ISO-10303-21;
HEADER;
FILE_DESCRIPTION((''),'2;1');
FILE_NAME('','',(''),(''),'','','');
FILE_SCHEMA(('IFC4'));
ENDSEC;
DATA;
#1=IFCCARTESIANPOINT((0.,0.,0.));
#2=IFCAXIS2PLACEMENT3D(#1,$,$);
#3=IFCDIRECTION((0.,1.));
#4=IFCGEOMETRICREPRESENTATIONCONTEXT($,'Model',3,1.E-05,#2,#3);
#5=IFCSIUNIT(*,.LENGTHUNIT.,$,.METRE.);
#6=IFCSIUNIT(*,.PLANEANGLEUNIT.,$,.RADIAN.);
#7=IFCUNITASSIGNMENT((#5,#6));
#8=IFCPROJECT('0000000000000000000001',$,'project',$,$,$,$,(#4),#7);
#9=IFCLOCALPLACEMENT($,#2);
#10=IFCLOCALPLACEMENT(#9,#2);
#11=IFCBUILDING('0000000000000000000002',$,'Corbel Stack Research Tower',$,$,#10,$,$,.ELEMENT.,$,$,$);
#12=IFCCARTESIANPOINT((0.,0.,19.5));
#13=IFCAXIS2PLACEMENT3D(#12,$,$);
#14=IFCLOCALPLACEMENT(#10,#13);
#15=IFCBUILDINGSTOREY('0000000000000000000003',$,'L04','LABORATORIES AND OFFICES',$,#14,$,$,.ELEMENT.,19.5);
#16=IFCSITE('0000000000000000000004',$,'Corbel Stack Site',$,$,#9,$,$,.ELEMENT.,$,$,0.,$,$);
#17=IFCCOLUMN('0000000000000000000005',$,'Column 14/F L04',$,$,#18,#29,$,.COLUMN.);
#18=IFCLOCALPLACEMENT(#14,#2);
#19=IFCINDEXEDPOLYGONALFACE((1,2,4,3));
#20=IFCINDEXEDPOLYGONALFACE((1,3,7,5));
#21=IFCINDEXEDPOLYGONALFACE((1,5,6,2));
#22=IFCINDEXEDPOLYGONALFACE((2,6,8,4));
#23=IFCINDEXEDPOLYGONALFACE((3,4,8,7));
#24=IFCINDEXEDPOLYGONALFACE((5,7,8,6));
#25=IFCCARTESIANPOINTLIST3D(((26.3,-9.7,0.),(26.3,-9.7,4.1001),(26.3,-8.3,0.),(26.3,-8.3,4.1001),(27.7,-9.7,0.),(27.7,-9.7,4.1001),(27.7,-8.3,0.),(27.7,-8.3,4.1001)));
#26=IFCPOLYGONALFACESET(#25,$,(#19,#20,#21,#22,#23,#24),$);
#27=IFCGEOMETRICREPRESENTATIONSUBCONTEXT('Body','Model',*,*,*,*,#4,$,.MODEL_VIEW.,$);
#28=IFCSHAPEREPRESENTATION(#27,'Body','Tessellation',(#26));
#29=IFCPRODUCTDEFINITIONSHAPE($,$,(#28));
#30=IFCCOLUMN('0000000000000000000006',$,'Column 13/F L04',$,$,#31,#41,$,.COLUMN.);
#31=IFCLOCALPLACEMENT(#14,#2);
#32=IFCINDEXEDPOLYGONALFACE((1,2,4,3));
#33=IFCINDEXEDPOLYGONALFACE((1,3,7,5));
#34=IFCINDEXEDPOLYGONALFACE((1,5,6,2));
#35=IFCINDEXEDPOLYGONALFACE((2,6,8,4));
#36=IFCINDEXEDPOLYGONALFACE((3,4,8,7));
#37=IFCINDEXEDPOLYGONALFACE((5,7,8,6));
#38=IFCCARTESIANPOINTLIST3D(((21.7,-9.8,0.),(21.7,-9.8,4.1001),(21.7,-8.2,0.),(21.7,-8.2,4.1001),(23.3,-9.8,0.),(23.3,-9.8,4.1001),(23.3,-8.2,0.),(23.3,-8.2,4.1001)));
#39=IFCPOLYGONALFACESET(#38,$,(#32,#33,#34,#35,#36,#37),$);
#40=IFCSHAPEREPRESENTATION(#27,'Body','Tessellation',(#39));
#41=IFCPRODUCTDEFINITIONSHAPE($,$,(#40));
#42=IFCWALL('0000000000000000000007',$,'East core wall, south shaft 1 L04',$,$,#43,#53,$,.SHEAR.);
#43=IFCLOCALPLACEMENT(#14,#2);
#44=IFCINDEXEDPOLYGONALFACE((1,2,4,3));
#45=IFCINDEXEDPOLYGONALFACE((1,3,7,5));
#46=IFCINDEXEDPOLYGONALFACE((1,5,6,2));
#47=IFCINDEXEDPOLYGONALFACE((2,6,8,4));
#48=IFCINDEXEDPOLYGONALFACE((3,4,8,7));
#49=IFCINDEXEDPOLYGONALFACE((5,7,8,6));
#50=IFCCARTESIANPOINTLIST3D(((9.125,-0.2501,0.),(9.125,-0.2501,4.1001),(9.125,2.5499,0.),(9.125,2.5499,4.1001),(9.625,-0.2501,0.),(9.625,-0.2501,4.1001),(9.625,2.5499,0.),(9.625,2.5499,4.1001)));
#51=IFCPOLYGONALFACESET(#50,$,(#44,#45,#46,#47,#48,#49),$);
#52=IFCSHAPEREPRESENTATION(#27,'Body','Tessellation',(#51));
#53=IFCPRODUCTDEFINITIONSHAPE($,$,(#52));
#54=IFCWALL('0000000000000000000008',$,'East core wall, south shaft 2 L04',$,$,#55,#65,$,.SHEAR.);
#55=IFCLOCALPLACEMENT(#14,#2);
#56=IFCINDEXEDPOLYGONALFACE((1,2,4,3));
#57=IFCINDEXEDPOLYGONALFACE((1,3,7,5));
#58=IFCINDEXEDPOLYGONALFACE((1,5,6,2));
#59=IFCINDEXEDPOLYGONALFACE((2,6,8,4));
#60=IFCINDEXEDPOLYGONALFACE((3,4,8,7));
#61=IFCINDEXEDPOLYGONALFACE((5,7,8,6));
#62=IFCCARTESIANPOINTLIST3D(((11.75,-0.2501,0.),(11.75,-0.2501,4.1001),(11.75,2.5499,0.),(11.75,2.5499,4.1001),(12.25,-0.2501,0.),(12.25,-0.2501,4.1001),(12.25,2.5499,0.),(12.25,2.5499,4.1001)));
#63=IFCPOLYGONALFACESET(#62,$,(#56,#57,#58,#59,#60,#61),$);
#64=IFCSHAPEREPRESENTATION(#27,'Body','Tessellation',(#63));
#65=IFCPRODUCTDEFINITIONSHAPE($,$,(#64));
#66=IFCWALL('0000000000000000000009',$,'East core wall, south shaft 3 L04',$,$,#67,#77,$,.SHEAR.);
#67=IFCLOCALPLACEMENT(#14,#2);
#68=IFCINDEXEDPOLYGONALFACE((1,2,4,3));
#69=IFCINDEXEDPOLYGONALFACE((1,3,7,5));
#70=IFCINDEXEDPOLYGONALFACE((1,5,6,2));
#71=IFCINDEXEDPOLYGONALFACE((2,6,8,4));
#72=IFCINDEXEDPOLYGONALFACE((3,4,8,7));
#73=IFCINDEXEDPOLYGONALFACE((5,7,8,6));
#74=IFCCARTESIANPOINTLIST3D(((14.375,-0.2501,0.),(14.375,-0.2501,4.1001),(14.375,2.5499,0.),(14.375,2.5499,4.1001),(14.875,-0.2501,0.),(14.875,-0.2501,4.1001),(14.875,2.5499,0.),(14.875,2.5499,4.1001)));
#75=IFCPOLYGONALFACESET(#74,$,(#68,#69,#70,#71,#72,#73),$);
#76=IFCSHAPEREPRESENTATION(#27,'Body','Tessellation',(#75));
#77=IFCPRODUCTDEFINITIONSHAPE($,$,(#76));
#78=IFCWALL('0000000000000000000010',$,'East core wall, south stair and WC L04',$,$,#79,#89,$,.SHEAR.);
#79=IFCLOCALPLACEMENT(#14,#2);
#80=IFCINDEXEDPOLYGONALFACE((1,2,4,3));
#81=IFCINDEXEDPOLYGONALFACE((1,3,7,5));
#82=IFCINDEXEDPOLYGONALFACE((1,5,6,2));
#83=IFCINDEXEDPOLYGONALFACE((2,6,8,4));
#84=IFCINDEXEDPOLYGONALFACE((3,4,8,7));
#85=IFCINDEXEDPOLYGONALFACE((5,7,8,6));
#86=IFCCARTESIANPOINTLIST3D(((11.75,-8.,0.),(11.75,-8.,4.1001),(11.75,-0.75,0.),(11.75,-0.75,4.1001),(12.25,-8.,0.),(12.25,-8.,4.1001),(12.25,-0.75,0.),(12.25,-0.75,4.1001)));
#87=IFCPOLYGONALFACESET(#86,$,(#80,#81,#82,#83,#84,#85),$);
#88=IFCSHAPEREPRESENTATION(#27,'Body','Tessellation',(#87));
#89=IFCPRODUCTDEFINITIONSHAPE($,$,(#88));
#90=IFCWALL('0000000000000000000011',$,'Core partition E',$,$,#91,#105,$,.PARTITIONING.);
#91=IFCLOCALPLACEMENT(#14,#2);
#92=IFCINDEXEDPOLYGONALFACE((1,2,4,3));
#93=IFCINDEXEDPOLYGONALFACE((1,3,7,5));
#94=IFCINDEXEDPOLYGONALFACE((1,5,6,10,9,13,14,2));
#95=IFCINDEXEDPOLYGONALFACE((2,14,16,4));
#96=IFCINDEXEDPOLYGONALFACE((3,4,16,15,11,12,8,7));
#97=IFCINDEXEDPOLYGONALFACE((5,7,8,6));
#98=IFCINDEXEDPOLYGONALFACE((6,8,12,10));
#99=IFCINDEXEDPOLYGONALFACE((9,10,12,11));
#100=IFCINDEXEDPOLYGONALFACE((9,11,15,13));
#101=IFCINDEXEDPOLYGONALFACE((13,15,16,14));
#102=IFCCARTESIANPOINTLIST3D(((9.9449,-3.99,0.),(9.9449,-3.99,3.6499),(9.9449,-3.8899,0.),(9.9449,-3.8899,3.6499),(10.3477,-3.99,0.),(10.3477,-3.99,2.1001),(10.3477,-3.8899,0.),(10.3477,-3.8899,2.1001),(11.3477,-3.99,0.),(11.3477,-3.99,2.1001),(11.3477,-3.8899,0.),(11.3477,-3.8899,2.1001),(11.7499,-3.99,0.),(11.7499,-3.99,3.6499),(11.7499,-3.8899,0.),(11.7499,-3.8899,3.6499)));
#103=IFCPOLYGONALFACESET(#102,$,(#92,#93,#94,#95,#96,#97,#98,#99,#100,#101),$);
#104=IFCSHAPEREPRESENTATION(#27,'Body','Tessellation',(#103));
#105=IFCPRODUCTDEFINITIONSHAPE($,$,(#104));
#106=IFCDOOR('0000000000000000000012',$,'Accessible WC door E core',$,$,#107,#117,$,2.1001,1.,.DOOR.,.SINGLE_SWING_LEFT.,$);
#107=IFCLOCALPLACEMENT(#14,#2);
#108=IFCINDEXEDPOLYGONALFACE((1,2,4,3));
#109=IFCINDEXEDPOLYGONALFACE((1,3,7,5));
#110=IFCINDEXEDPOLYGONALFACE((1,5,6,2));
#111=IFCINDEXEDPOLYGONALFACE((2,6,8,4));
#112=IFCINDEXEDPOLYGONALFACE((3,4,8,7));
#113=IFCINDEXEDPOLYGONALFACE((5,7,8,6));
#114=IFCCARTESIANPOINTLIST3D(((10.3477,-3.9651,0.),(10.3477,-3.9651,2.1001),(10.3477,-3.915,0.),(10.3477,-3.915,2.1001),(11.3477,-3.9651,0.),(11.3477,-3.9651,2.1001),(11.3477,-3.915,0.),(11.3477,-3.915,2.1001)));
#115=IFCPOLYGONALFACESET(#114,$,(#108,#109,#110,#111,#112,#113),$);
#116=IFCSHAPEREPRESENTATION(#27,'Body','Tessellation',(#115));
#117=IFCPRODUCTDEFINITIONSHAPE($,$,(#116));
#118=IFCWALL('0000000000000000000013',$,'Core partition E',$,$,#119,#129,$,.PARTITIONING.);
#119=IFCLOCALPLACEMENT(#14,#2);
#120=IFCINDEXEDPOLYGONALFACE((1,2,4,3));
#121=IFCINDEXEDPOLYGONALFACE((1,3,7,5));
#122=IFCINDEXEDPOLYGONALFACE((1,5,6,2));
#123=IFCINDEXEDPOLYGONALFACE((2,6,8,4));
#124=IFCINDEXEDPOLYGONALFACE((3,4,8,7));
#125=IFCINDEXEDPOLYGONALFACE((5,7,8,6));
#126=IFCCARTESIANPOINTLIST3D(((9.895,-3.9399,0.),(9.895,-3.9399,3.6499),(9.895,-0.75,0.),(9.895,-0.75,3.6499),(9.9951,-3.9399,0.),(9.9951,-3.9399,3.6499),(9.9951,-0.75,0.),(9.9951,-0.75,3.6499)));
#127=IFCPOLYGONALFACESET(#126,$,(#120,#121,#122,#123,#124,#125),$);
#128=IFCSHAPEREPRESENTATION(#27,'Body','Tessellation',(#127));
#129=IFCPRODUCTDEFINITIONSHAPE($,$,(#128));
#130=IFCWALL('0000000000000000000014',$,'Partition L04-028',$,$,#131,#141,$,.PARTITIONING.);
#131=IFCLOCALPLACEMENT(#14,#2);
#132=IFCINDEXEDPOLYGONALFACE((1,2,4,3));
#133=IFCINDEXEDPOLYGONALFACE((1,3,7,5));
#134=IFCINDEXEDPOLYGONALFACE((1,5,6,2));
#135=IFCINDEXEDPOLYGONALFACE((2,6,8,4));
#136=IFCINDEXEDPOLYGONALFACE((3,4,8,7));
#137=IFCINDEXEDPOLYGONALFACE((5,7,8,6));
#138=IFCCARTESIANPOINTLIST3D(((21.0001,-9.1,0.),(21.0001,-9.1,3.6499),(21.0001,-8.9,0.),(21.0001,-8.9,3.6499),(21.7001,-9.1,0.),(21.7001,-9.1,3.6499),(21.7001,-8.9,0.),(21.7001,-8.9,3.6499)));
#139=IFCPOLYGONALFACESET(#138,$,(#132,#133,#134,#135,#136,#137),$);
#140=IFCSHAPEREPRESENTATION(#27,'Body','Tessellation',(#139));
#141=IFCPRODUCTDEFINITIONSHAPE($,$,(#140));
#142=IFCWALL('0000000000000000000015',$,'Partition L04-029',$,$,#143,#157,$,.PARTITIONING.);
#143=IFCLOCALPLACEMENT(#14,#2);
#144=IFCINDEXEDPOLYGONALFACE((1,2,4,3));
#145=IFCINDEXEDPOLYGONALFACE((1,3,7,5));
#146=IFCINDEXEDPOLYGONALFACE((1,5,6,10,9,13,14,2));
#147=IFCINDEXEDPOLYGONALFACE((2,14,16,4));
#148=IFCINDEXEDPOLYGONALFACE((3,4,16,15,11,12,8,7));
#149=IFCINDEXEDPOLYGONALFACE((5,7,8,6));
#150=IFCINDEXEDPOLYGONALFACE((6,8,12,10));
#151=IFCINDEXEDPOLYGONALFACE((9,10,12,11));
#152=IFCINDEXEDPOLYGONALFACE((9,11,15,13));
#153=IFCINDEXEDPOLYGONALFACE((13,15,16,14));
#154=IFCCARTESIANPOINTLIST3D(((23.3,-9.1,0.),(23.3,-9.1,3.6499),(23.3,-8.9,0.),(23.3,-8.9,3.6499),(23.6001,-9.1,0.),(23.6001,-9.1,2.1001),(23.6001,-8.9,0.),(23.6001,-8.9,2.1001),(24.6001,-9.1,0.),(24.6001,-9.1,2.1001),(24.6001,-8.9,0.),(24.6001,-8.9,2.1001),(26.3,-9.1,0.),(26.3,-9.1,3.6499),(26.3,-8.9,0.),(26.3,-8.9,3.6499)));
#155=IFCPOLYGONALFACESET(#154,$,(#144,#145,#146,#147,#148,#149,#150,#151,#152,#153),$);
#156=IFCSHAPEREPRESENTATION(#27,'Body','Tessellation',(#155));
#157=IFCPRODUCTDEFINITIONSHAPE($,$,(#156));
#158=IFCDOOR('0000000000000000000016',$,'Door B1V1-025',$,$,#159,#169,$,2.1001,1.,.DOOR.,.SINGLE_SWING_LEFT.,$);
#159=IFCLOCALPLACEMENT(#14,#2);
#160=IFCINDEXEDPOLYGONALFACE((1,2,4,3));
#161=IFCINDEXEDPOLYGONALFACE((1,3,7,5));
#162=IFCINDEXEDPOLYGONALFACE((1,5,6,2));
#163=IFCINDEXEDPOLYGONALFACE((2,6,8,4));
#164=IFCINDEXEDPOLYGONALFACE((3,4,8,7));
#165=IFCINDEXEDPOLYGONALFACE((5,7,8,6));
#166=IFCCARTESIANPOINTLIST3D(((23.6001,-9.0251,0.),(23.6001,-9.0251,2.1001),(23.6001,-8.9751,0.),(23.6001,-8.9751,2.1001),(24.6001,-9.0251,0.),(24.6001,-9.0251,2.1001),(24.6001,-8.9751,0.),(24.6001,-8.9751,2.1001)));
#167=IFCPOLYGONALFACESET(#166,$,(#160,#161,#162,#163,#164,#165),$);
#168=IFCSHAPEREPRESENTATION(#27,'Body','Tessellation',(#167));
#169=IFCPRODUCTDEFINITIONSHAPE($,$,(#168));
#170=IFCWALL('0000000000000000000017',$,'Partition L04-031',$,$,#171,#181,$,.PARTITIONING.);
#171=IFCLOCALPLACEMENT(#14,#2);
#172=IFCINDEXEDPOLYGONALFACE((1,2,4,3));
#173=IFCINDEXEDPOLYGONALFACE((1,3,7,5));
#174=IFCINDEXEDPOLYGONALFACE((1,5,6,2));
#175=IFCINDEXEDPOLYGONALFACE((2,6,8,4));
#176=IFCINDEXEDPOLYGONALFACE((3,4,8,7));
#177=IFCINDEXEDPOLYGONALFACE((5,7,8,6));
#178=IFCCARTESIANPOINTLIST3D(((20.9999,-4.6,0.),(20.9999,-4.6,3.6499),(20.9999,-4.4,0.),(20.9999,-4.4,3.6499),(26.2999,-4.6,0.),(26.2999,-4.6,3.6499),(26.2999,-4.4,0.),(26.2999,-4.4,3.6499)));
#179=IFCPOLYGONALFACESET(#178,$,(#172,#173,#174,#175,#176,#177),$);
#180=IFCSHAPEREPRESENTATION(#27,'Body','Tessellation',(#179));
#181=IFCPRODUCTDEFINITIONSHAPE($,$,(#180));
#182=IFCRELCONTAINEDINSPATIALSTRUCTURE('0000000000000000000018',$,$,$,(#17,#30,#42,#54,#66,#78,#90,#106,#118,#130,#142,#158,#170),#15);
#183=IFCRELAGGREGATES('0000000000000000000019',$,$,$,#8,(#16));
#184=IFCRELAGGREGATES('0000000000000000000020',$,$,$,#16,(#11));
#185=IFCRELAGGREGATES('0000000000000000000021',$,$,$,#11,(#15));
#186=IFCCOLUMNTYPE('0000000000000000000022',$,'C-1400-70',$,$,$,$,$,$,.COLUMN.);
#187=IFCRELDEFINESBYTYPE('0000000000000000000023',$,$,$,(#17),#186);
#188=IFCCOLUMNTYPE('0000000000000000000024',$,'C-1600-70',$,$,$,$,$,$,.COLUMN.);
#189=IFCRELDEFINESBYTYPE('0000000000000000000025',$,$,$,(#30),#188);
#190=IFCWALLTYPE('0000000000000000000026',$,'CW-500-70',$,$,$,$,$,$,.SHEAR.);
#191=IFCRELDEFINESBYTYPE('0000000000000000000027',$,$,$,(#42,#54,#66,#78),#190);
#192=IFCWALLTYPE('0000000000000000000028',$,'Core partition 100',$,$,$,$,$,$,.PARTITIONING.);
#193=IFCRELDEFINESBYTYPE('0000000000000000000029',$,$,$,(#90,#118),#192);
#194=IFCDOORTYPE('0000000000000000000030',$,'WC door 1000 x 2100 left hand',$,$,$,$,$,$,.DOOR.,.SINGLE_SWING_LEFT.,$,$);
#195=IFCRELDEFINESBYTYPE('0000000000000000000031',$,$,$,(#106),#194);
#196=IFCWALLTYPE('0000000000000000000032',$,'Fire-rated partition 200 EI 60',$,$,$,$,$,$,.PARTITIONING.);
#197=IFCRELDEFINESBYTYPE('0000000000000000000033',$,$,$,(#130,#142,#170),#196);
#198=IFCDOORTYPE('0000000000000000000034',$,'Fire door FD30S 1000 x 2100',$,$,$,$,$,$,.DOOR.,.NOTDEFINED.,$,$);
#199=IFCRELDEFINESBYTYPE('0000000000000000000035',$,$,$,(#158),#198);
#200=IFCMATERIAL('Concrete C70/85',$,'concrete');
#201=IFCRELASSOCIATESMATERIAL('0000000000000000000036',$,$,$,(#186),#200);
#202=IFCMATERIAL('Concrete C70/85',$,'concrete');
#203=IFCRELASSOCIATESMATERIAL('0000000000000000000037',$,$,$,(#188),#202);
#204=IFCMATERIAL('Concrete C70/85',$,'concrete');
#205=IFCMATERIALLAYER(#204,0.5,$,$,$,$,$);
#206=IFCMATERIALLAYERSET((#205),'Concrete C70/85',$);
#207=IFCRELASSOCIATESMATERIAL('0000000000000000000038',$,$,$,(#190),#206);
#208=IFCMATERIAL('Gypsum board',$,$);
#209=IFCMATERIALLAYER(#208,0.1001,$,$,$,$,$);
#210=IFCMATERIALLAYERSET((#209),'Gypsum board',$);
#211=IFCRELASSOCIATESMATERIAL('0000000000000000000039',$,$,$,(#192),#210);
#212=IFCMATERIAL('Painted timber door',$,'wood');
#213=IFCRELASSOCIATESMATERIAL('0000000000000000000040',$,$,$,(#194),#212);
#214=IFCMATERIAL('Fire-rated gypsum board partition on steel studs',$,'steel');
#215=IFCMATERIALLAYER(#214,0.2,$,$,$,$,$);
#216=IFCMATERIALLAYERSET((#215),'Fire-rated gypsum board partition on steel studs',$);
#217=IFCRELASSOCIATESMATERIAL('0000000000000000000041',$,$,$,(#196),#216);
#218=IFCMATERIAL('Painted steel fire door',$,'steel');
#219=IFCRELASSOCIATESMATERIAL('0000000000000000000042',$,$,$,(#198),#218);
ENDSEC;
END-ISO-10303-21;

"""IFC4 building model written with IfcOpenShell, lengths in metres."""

from ifc_helpers import new_model, si_unit, direction, frame, frame_2d, origin, origin_2d, place, context, subcontext, project, spatial, rectangle, extrude, material, layer, layer_set, material_profile, profile_set, type_object, element, fill, save


model = new_model("IFC4")

# Units and contexts
model_context = context("Model", 3, precision=1e-05, world=origin(), true_north=direction((0.0, 1.0)))
body_context = subcontext(model_context, "Body", "Model", "MODEL_VIEW")
ifc_project = project(units=[si_unit("LENGTHUNIT", "METRE"), si_unit("PLANEANGLEUNIT", "RADIAN")], contexts=[model_context])

# Site, building, storey
site_placement = place(None, origin())
site = spatial("IfcSite", under=ifc_project, at=site_placement, Name="Corbel Stack Site", CompositionType="ELEMENT", RefElevation=0.0)
building_placement = place(site_placement, origin())
building = spatial("IfcBuilding", under=site, at=building_placement, Name="Corbel Stack Research Tower", CompositionType="ELEMENT")
storey_placement = place(building_placement, frame((0.0, 0.0, 19.5)))
storey = spatial("IfcBuildingStorey", under=building, at=storey_placement, Name="L04", Description="LABORATORIES AND OFFICES", CompositionType="ELEMENT", Elevation=19.5)

# Columns
ifc_material_1 = material(Name="Concrete C70/85", Category="concrete")
ifc_material_profile_1 = material_profile(ifc_material_1, rectangle(XDim=1.3999, YDim=1.3999, at=origin_2d()), Name="RC 1400 x 1400")
ifc_profile_set_1 = profile_set([ifc_material_profile_1], Name="Concrete C70/85")
column_type_1 = type_object("IfcColumnType", Name="C-1400-70", PredefinedType="COLUMN", material=ifc_profile_set_1)
column_1_placement = place(storey_placement, frame((27.0, -9.0, 0.0), z_axis=(0.0, 0.0, 1.0), x_axis=(1.0, 0.0, 0.0)))
element("IfcColumn", 1, at=column_1_placement, inside=storey, type_object=column_type_1, Name="Column 14/F L04", PredefinedType="COLUMN", context=body_context, shape_type="SweptSolid", body=[
    extrude(rectangle(XDim=1.3999, YDim=1.3999, at=origin_2d()), origin(), (0.0, 0.0, 1.0), 4.1001),
])
ifc_material_2 = material(Name="Concrete C70/85", Category="concrete")
ifc_material_profile_2 = material_profile(ifc_material_2, rectangle(XDim=1.6001, YDim=1.6001, at=origin_2d()), Name="RC 1600 x 1600")
ifc_profile_set_2 = profile_set([ifc_material_profile_2], Name="Concrete C70/85")
column_type_2 = type_object("IfcColumnType", Name="C-1600-70", PredefinedType="COLUMN", material=ifc_profile_set_2)
column_2_placement = place(storey_placement, frame((22.5, -9.0, 0.0), z_axis=(0.0, 0.0, 1.0), x_axis=(1.0, 0.0, 0.0)))
element("IfcColumn", 2, at=column_2_placement, inside=storey, type_object=column_type_2, Name="Column 13/F L04", PredefinedType="COLUMN", context=body_context, shape_type="SweptSolid", body=[
    extrude(rectangle(XDim=1.6001, YDim=1.6001, at=origin_2d()), origin(), (0.0, 0.0, 1.0), 4.1001),
])

# Walls
ifc_material_3 = material(Name="Concrete C70/85", Category="concrete")
ifc_layer_1 = layer(ifc_material_3, 0.5)
ifc_layer_set_1 = layer_set([ifc_layer_1], Name="Concrete C70/85")
wall_type_1 = type_object("IfcWallType", Name="CW-500-70", PredefinedType="SHEAR", material=ifc_layer_set_1)
for number, where, z_axis, x_axis, name in (
    (3, (9.375, -0.25, 0.0), (0.0, 0.0, 1.0), (0.0, 1.0, 0.0), "East core wall, south shaft 1 L04"),
    (4, (12.0, -0.25, 0.0), (0.0, 0.0, 1.0), (0.0, 1.0, 0.0), "East core wall, south shaft 2 L04"),
    (5, (14.625, -0.25, 0.0), (0.0, 0.0, 1.0), (0.0, 1.0, 0.0), "East core wall, south shaft 3 L04"),
):
    element("IfcWall", number, at=place(storey_placement, frame(where, z_axis=z_axis, x_axis=x_axis)), inside=storey, type_object=wall_type_1, Name=name, PredefinedType="SHEAR", context=body_context, shape_type="SweptSolid", body=[
        extrude(rectangle(XDim=2.8, YDim=0.5, at=frame_2d((1.3999, 0.0))), origin(), (0.0, 0.0, 1.0), 4.1001),
    ])
wall_1_placement = place(storey_placement, frame((12.0, -8.0, 0.0), z_axis=(0.0, 0.0, 1.0), x_axis=(0.0, 1.0, 0.0)))
element("IfcWall", 6, at=wall_1_placement, inside=storey, type_object=wall_type_1, Name="East core wall, south stair and WC L04", PredefinedType="SHEAR", context=body_context, shape_type="SweptSolid", body=[
    extrude(rectangle(XDim=7.25, YDim=0.5, at=frame_2d((3.625, 0.0))), origin(), (0.0, 0.0, 1.0), 4.1001),
])

# Wall, opening, door
ifc_material_4 = material(Name="Gypsum board")
ifc_layer_2 = layer(ifc_material_4, 0.1001)
ifc_layer_set_2 = layer_set([ifc_layer_2], Name="Gypsum board")
wall_type_2 = type_object("IfcWallType", Name="Core partition 100", PredefinedType="PARTITIONING", material=ifc_layer_set_2)
wall_2_placement = place(storey_placement, frame((9.9451, -3.9399, 0.0), z_axis=(0.0, 0.0, 1.0), x_axis=(1.0, 0.0, 0.0)))
wall_2 = element("IfcWall", 7, at=wall_2_placement, inside=storey, type_object=wall_type_2, Name="Core partition E", PredefinedType="PARTITIONING", context=body_context, shape_type="SweptSolid", body=[
    extrude(rectangle(XDim=1.8049, YDim=0.1001, at=frame_2d((0.9023, 0.0))), origin(), (0.0, 0.0, 1.0), 3.6499),
])
opening_1_placement = place(wall_2_placement, frame((0.4026, 0.0, 0.0)))
opening_1 = element("IfcOpeningElement", 8, at=opening_1_placement, cuts=wall_2, PredefinedType="OPENING", context=body_context, shape_type="SweptSolid", body=[
    extrude(rectangle(XDim=1.0, YDim=2.1001, at=frame_2d((0.5, 1.05))), frame((0.0, 0.0601, 0.0), z_axis=(0.0, -1.0, 0.0), x_axis=(1.0, 0.0, 0.0)), (0.0, 0.0, 1.0), 0.1201),
])
ifc_material_5 = material(Name="Painted timber door", Category="wood")
door_type_1 = type_object("IfcDoorType", Name="WC door 1000 x 2100 left hand", OperationType="SINGLE_SWING_LEFT", PredefinedType="DOOR", material=ifc_material_5)
door_1_placement = place(opening_1_placement, origin())
door_1 = element("IfcDoor", 9, at=door_1_placement, inside=storey, type_object=door_type_1, Name="Accessible WC door E core", OperationType="SINGLE_SWING_LEFT", OverallHeight=2.1001, OverallWidth=1.0, PredefinedType="DOOR", context=body_context, shape_type="SweptSolid", body=[
    extrude(rectangle(XDim=1.0, YDim=2.1001, at=frame_2d((0.5, 1.05))), frame((0.0, 0.0249, 0.0), z_axis=(0.0, -1.0, 0.0), x_axis=(1.0, 0.0, 0.0)), (0.0, 0.0, 1.0), 0.05),
])
fill(opening_1, door_1)

# Walls
wall_3_placement = place(storey_placement, frame((9.9451, -3.9399, 0.0), z_axis=(0.0, 0.0, 1.0), x_axis=(0.0, 1.0, 0.0)))
element("IfcWall", 10, at=wall_3_placement, inside=storey, type_object=wall_type_2, Name="Core partition E", PredefinedType="PARTITIONING", context=body_context, shape_type="SweptSolid", body=[
    extrude(rectangle(XDim=3.1899, YDim=0.1001, at=frame_2d((1.595, 0.0))), origin(), (0.0, 0.0, 1.0), 3.6499),
])
ifc_material_6 = material(Name="Fire-rated gypsum board partition on steel studs", Category="steel")
ifc_layer_3 = layer(ifc_material_6, 0.2)
ifc_layer_set_3 = layer_set([ifc_layer_3], Name="Fire-rated gypsum board partition on steel studs")
wall_type_3 = type_object("IfcWallType", Name="Fire-rated partition 200 EI 60", PredefinedType="PARTITIONING", material=ifc_layer_set_3)
wall_4_placement = place(storey_placement, frame((21.0, -9.0, 0.0), z_axis=(0.0, 0.0, 1.0), x_axis=(1.0, 0.0, 0.0)))
element("IfcWall", 11, at=wall_4_placement, inside=storey, type_object=wall_type_3, Name="Partition L04-028", PredefinedType="PARTITIONING", context=body_context, shape_type="SweptSolid", body=[
    extrude(rectangle(XDim=0.7, YDim=0.2, at=frame_2d((0.3501, 0.0))), origin(), (0.0, 0.0, 1.0), 3.6499),
])

# Wall, opening, door
wall_5_placement = place(storey_placement, frame((23.3, -9.0, 0.0), z_axis=(0.0, 0.0, 1.0), x_axis=(1.0, 0.0, 0.0)))
wall_5 = element("IfcWall", 12, at=wall_5_placement, inside=storey, type_object=wall_type_3, Name="Partition L04-029", PredefinedType="PARTITIONING", context=body_context, shape_type="SweptSolid", body=[
    extrude(rectangle(XDim=3.0, YDim=0.2, at=frame_2d((1.5, 0.0))), origin(), (0.0, 0.0, 1.0), 3.6499),
])
opening_2_placement = place(wall_5_placement, frame((0.3, 0.0, 0.0)))
opening_2 = element("IfcOpeningElement", 13, at=opening_2_placement, cuts=wall_5, PredefinedType="OPENING", context=body_context, shape_type="SweptSolid", body=[
    extrude(rectangle(XDim=1.0, YDim=2.1001, at=frame_2d((0.5, 1.05))), frame((0.0, 0.1099, 0.0), z_axis=(0.0, -1.0, 0.0), x_axis=(1.0, 0.0, 0.0)), (0.0, 0.0, 1.0), 0.22),
])
ifc_material_7 = material(Name="Painted steel fire door", Category="steel")
door_type_2 = type_object("IfcDoorType", Name="Fire door FD30S 1000 x 2100", OperationType="NOTDEFINED", PredefinedType="DOOR", material=ifc_material_7)
door_2_placement = place(opening_2_placement, origin())
door_2 = element("IfcDoor", 14, at=door_2_placement, inside=storey, type_object=door_type_2, Name="Door B1V1-025", OperationType="SINGLE_SWING_LEFT", OverallHeight=2.1001, OverallWidth=1.0, PredefinedType="DOOR", context=body_context, shape_type="SweptSolid", body=[
    extrude(rectangle(XDim=1.0, YDim=2.1001, at=frame_2d((0.5, 1.05))), frame((0.0, 0.0249, 0.0), z_axis=(0.0, -1.0, 0.0), x_axis=(1.0, 0.0, 0.0)), (0.0, 0.0, 1.0), 0.05),
])
fill(opening_2, door_2)

# Wall
wall_6_placement = place(storey_placement, frame((21.0, -4.5, 0.0), z_axis=(0.0, 0.0, 1.0), x_axis=(1.0, 0.0, 0.0)))
element("IfcWall", 15, at=wall_6_placement, inside=storey, type_object=wall_type_3, Name="Partition L04-031", PredefinedType="PARTITIONING", context=body_context, shape_type="SweptSolid", body=[
    extrude(rectangle(XDim=5.3, YDim=0.2, at=frame_2d((2.6499, 0.0))), origin(), (0.0, 0.0, 1.0), 3.6499),
])

save(model, "model.ifc")
